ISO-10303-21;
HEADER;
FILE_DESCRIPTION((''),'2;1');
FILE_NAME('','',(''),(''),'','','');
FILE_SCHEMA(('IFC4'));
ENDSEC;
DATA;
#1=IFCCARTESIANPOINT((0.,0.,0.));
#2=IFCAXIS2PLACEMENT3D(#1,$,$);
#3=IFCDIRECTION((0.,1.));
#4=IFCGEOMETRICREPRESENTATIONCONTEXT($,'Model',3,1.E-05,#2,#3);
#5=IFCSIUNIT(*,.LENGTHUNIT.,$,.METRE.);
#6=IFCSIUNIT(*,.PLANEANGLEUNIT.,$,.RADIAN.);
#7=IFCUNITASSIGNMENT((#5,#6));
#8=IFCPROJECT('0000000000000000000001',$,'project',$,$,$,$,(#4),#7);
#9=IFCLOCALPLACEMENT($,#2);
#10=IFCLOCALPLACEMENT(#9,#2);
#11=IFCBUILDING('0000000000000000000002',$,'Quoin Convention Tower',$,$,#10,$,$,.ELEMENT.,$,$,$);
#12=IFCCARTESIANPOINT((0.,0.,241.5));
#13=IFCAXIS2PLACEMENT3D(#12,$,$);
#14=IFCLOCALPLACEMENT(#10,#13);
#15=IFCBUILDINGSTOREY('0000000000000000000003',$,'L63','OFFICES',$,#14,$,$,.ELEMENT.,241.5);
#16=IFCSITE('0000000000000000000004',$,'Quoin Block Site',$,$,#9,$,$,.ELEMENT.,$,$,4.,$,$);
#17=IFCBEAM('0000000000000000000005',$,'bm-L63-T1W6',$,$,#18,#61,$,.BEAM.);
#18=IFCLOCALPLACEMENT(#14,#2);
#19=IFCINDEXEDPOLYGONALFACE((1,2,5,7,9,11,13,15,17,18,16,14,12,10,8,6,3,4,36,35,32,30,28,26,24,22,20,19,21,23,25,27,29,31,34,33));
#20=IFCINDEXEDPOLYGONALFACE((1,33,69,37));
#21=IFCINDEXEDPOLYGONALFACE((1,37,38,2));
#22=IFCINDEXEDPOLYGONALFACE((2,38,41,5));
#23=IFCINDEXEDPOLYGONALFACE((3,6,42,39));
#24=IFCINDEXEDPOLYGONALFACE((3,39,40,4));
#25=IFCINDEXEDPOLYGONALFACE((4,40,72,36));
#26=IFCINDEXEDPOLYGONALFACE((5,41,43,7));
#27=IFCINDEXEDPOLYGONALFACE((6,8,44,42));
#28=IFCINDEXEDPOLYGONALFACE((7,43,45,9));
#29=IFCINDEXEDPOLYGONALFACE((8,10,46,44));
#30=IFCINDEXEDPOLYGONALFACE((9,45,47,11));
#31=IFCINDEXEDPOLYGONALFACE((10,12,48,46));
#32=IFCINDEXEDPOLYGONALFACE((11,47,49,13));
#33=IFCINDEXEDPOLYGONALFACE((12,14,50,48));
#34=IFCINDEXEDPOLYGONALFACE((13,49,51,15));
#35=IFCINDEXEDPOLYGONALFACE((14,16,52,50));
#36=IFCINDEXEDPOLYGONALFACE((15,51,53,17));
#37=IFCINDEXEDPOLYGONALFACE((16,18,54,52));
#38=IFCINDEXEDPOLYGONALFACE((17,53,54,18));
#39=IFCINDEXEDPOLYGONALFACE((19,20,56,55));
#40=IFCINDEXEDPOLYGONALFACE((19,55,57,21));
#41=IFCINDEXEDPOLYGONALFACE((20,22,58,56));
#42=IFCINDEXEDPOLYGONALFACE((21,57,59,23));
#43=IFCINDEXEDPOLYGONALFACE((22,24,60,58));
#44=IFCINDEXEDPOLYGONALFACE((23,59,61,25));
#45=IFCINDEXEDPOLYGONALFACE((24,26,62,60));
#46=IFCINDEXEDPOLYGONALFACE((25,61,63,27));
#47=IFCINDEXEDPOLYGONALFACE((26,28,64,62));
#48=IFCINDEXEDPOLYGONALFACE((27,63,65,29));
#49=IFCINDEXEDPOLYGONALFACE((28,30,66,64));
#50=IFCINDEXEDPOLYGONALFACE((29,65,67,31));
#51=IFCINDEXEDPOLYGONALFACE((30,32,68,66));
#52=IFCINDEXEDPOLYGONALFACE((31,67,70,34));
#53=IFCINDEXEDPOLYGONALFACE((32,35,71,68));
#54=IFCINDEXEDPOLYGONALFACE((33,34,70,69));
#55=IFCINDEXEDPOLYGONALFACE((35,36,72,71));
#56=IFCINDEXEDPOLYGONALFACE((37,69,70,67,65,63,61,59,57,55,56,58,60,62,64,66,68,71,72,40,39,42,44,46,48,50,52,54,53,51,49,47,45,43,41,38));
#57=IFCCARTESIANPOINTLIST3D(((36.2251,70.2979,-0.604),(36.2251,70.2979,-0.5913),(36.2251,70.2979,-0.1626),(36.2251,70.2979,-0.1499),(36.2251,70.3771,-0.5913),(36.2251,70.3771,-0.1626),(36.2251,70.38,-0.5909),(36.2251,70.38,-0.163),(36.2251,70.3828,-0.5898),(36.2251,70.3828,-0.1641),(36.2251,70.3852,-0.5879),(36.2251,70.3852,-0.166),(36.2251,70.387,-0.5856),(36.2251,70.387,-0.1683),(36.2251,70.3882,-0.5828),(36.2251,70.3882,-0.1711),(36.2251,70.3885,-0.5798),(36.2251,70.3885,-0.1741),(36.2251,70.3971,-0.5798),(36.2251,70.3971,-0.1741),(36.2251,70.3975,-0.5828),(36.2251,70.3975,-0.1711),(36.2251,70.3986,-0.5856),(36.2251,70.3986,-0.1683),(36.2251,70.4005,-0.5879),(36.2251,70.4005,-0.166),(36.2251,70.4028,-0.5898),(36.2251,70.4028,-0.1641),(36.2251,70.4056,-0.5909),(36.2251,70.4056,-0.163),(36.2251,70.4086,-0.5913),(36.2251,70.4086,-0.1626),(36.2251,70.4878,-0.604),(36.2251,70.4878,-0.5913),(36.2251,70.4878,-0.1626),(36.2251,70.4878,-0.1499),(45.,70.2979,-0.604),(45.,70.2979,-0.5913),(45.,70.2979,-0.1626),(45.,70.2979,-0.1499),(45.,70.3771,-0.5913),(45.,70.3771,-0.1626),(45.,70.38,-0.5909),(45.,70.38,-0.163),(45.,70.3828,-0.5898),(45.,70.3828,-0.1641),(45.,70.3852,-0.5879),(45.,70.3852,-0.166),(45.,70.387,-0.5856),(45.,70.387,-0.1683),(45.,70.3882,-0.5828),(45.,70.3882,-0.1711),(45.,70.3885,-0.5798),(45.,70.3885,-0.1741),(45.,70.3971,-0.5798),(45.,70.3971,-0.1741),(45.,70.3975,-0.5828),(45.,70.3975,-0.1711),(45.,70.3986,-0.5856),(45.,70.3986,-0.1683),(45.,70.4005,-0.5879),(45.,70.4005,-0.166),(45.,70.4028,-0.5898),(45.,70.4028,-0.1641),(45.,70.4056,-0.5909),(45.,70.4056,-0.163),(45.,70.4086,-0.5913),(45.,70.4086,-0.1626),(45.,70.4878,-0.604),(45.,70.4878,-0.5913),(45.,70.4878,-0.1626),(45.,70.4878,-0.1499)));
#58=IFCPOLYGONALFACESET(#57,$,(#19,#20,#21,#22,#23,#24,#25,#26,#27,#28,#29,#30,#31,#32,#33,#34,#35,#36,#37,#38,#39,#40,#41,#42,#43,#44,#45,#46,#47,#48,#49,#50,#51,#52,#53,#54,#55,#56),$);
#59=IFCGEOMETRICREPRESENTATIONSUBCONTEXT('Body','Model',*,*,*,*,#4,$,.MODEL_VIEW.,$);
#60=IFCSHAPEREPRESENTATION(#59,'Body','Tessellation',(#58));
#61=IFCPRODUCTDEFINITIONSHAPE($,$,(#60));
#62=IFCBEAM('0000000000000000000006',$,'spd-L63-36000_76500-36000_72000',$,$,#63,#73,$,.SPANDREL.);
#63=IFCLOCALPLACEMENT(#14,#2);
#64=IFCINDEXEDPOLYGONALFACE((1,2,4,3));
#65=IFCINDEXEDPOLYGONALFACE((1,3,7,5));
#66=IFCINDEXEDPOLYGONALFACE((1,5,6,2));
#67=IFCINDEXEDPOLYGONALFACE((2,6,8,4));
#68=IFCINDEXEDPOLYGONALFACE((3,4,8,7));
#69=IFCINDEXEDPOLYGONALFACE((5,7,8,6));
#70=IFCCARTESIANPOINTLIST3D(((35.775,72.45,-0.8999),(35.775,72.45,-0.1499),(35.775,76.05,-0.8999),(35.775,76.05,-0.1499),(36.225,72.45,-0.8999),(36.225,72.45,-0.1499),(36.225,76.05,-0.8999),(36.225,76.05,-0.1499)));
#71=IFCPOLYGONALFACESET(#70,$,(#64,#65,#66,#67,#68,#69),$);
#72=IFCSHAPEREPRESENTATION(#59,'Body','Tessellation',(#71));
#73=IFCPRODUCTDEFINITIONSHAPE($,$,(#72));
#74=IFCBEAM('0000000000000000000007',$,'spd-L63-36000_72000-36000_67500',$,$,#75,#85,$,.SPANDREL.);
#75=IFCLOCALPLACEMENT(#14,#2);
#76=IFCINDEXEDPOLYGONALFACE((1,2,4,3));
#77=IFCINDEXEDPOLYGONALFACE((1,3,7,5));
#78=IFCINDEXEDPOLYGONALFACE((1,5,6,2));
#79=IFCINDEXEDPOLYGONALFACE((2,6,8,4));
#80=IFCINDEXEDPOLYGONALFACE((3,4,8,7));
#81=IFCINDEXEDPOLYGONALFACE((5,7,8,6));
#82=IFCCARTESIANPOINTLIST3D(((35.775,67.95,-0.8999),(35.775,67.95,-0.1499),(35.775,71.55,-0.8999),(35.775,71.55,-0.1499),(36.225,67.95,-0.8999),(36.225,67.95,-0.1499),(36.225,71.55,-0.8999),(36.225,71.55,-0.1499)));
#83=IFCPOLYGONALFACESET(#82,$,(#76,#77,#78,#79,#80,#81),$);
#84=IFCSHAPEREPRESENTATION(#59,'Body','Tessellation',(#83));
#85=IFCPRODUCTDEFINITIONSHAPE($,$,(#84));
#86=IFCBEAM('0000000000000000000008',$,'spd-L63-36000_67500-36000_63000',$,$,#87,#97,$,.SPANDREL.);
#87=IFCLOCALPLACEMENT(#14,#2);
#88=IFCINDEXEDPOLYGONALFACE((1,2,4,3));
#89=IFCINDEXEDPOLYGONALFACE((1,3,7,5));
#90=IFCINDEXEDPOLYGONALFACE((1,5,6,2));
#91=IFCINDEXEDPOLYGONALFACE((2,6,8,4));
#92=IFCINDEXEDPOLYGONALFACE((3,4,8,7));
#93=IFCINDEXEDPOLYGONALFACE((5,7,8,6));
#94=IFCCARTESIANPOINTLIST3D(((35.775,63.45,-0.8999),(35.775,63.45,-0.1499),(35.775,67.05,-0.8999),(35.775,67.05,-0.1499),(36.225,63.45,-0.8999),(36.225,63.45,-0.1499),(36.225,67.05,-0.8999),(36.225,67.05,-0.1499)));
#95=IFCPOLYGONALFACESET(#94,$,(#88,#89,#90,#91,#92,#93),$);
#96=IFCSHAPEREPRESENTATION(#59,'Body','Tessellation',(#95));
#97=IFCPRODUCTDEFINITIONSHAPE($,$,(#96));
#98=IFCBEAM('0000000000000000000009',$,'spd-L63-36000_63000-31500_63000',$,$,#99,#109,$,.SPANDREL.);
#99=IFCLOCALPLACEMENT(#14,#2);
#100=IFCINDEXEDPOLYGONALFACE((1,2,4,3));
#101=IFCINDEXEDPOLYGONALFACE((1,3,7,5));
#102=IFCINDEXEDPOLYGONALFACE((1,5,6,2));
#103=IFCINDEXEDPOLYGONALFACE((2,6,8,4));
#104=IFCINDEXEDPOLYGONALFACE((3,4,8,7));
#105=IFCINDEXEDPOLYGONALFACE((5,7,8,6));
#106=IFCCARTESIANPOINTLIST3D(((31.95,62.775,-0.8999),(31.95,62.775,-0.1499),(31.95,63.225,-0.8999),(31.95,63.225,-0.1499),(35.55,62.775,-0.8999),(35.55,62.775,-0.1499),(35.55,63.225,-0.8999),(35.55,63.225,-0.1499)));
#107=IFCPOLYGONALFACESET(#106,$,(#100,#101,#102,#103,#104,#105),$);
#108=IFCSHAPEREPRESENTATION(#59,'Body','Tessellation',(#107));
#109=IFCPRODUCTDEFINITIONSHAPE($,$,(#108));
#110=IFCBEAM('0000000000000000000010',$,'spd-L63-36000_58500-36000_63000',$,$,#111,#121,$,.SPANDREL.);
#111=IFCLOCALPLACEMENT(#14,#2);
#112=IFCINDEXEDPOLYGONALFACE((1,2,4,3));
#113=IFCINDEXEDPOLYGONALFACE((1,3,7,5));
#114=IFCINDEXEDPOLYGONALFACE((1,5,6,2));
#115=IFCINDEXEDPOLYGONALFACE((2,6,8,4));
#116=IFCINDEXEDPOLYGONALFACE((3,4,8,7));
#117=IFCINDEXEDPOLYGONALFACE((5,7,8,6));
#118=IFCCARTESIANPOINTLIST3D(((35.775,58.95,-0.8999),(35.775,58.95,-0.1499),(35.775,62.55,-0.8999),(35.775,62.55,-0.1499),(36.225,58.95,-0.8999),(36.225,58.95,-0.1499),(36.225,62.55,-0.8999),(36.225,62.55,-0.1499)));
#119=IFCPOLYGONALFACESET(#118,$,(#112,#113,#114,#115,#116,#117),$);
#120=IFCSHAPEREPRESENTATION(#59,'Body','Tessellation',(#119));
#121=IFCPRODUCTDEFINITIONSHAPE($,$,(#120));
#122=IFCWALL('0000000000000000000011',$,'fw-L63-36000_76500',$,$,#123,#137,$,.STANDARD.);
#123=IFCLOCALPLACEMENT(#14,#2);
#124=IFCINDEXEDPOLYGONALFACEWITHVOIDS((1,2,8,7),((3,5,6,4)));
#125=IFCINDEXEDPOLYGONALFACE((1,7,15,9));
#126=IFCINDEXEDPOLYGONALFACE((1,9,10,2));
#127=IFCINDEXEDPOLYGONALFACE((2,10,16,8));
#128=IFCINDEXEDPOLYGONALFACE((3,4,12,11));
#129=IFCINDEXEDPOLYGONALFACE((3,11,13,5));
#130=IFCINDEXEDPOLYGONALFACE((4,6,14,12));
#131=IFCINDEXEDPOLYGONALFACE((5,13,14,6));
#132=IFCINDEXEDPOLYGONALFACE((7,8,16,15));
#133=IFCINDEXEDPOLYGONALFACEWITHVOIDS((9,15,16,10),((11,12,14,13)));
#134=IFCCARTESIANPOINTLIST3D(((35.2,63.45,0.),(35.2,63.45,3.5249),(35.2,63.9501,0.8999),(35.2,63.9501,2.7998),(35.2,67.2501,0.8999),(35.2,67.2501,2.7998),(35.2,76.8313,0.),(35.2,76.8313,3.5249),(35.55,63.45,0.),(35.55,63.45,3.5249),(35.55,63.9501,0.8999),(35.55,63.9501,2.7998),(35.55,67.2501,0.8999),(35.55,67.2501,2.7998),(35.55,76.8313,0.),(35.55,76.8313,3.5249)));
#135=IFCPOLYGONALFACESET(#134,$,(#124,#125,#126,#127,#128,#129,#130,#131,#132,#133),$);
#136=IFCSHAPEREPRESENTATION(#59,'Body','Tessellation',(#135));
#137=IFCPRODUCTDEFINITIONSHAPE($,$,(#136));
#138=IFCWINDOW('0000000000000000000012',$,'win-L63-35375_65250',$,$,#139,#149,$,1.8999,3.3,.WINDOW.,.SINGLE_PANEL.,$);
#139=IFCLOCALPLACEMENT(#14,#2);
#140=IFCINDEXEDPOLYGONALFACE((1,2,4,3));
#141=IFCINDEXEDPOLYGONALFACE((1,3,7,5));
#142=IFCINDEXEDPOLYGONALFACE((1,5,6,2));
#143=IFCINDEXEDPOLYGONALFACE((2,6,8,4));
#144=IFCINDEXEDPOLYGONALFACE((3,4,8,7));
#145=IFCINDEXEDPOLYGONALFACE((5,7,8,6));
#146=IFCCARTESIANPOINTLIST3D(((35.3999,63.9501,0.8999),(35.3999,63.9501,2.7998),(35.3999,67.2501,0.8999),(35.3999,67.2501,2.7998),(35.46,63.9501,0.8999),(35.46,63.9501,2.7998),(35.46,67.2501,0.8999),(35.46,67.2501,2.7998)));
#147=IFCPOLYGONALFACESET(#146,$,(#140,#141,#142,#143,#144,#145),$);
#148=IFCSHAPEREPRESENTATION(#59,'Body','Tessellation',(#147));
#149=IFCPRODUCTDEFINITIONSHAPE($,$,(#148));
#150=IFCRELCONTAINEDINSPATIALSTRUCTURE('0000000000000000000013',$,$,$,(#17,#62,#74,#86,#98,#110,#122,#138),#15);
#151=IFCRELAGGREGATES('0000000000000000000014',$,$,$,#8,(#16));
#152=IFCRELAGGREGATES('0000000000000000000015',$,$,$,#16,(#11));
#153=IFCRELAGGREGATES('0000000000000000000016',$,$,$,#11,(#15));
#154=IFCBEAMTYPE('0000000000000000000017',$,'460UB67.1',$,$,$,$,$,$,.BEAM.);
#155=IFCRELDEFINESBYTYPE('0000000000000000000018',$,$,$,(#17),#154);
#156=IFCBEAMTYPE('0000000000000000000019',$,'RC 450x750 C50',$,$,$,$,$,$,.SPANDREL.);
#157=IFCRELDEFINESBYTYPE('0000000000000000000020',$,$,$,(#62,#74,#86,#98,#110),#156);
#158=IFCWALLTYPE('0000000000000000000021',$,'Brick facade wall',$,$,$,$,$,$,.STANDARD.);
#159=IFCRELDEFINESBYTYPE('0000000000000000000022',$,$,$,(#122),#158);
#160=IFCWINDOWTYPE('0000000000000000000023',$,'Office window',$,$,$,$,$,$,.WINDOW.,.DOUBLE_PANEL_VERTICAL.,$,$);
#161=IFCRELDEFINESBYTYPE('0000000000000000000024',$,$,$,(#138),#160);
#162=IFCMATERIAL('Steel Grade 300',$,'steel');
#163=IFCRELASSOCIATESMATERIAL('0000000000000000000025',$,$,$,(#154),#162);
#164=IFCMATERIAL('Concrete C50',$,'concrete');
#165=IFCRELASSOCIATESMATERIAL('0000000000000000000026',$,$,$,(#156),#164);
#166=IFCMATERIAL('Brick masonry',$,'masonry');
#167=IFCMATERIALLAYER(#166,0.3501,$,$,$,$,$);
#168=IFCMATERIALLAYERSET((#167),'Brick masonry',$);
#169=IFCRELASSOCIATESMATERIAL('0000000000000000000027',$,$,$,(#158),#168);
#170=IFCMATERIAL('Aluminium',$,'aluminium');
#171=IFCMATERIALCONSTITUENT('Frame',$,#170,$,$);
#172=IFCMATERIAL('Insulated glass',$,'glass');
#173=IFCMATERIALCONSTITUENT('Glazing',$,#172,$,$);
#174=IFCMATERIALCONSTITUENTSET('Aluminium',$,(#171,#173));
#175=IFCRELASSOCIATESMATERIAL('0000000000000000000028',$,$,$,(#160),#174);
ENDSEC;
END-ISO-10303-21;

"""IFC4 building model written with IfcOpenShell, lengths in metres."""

from ifc_helpers import new_model, si_unit, direction, frame, frame_2d, origin, origin_2d, place, context, subcontext, project, spatial, rectangle, i_section, extrude, material, layer, layer_set, constituent, constituent_set, material_profile, profile_set, type_object, element, fill, save


model = new_model("IFC4")

# Units and contexts
model_context = context("Model", 3, precision=1e-05, world=origin(), true_north=direction((0.0, 1.0)))
body_context = subcontext(model_context, "Body", "Model", "MODEL_VIEW")
ifc_project = project(units=[si_unit("LENGTHUNIT", "METRE"), si_unit("PLANEANGLEUNIT", "RADIAN")], contexts=[model_context])

# Site, building, storey
site_placement = place(None, origin())
site = spatial("IfcSite", under=ifc_project, at=site_placement, Name="Quoin Block Site", CompositionType="ELEMENT", RefElevation=4.0)
building_placement = place(site_placement, origin())
building = spatial("IfcBuilding", under=site, at=building_placement, Name="Quoin Convention Tower", CompositionType="ELEMENT")
storey_placement = place(building_placement, frame((0.0, 0.0, 241.5)))
storey = spatial("IfcBuildingStorey", under=building, at=storey_placement, Name="L63", Description="OFFICES", CompositionType="ELEMENT", Elevation=241.5)

# Shared definitions
ifc_material_1 = material(Name="Concrete C50", Category="concrete")

# Beams
ifc_material_2 = material(Name="Steel Grade 300", Category="steel")
ifc_material_profile_1 = material_profile(ifc_material_2, i_section(OverallWidth=0.1899, OverallDepth=0.4541, WebThickness=0.0085, FlangeThickness=0.0127, FilletRadius=0.0115, at=origin_2d()), Name="460UB67.1")
ifc_profile_set_1 = profile_set([ifc_material_profile_1], Name="Steel Grade 300")
beam_type_1 = type_object("IfcBeamType", Name="460UB67.1", PredefinedType="BEAM", material=ifc_profile_set_1)
for number, where, z_axis, x_axis, name in (
    (1, (36.2251, 70.3928, -0.377), (1.0, 0.0, 0.0), (0.0, 1.0, 0.0), "bm-L63-T1W6"),
):
    element("IfcBeam", number, at=place(storey_placement, frame(where, z_axis=z_axis, x_axis=x_axis)), inside=storey, type_object=beam_type_1, Name=name, PredefinedType="BEAM", context=body_context, shape_type="SweptSolid", body=[
        extrude(i_section(OverallWidth=0.1899, OverallDepth=0.4541, WebThickness=0.0085, FlangeThickness=0.0127, FilletRadius=0.0115, at=origin_2d()), origin(), (0.0, 0.0, 1.0), 8.7749),
    ])
ifc_material_profile_2 = material_profile(ifc_material_1, rectangle(XDim=0.45, YDim=0.75, at=origin_2d()), Name="RC 450x750")
ifc_profile_set_2 = profile_set([ifc_material_profile_2], Name="Concrete C50")
beam_type_2 = type_object("IfcBeamType", Name="RC 450x750 C50", PredefinedType="SPANDREL", material=ifc_profile_set_2)
for number, where, z_axis, x_axis, name in (
    (2, (36.0, 76.05, -0.5249), (0.0, -1.0, 0.0), (1.0, 0.0, 0.0), "spd-L63-36000_76500-36000_72000"),
    (3, (36.0, 71.55, -0.5249), (0.0, -1.0, 0.0), (1.0, 0.0, 0.0), "spd-L63-36000_72000-36000_67500"),
    (4, (36.0, 67.05, -0.5249), (0.0, -1.0, 0.0), (1.0, 0.0, 0.0), "spd-L63-36000_67500-36000_63000"),
    (5, (35.55, 63.0, -0.5249), (-1.0, 0.0, 0.0), (0.0, -1.0, 0.0), "spd-L63-36000_63000-31500_63000"),
    (6, (36.0, 58.95, -0.5249), (0.0, 1.0, 0.0), (-1.0, 0.0, 0.0), "spd-L63-36000_58500-36000_63000"),
):
    element("IfcBeam", number, at=place(storey_placement, frame(where, z_axis=z_axis, x_axis=x_axis)), inside=storey, type_object=beam_type_2, Name=name, PredefinedType="SPANDREL", context=body_context, shape_type="SweptSolid", body=[
        extrude(rectangle(XDim=0.45, YDim=0.75, at=origin_2d()), origin(), (0.0, 0.0, 1.0), 3.6001),
    ])

# Wall, opening, window
ifc_material_3 = material(Name="Brick masonry", Category="masonry")
ifc_layer_1 = layer(ifc_material_3, 0.3501)
ifc_layer_set_1 = layer_set([ifc_layer_1], Name="Brick masonry")
wall_type_1 = type_object("IfcWallType", Name="Brick facade wall", PredefinedType="STANDARD", material=ifc_layer_set_1)
wall_1_placement = place(storey_placement, frame((35.375, 76.8313, 0.0), z_axis=(0.0, 0.0, 1.0), x_axis=(0.0, -1.0, 0.0)))
wall_1 = element("IfcWall", 7, at=wall_1_placement, inside=storey, type_object=wall_type_1, Name="fw-L63-36000_76500", PredefinedType="STANDARD", context=body_context, shape_type="SweptSolid", body=[
    extrude(rectangle(XDim=13.3813, YDim=0.3501, at=frame_2d((6.6907, 0.0))), origin(), (0.0, 0.0, 1.0), 3.5249),
])
opening_1_placement = place(wall_1_placement, frame((9.5813, 0.0, 0.8999)))
opening_1 = element("IfcOpeningElement", 8, at=opening_1_placement, cuts=wall_1, PredefinedType="OPENING", context=body_context, shape_type="SweptSolid", body=[
    extrude(rectangle(XDim=3.3, YDim=1.8999, at=frame_2d((1.6499, 0.95))), frame((0.0, 0.1851, 0.0), z_axis=(0.0, -1.0, 0.0), x_axis=(1.0, 0.0, 0.0)), (0.0, 0.0, 1.0), 0.3701),
])
ifc_material_4 = material(Name="Aluminium", Category="aluminium")
ifc_constituent_1 = constituent(ifc_material_4, Name="Frame")
ifc_material_5 = material(Name="Insulated glass", Category="glass")
ifc_constituent_2 = constituent(ifc_material_5, Name="Glazing")
ifc_constituent_set = constituent_set(constituents=[ifc_constituent_1, ifc_constituent_2], Name="Aluminium")
window_type = type_object("IfcWindowType", Name="Office window", PartitioningType="DOUBLE_PANEL_VERTICAL", PredefinedType="WINDOW", material=ifc_constituent_set)
window_1_placement = place(opening_1_placement, origin())
window_1 = element("IfcWindow", 9, at=window_1_placement, inside=storey, type_object=window_type, Name="win-L63-35375_65250", OverallHeight=1.8999, OverallWidth=3.3, PartitioningType="SINGLE_PANEL", PredefinedType="WINDOW", context=body_context, shape_type="SweptSolid", body=[
    extrude(rectangle(XDim=3.3, YDim=1.8999, at=frame_2d((1.6499, 0.95))), frame((0.0, 0.085, 0.0), z_axis=(0.0, -1.0, 0.0), x_axis=(1.0, 0.0, 0.0)), (0.0, 0.0, 1.0), 0.0601),
])
fill(opening_1, window_1)

save(model, "model.ifc")
